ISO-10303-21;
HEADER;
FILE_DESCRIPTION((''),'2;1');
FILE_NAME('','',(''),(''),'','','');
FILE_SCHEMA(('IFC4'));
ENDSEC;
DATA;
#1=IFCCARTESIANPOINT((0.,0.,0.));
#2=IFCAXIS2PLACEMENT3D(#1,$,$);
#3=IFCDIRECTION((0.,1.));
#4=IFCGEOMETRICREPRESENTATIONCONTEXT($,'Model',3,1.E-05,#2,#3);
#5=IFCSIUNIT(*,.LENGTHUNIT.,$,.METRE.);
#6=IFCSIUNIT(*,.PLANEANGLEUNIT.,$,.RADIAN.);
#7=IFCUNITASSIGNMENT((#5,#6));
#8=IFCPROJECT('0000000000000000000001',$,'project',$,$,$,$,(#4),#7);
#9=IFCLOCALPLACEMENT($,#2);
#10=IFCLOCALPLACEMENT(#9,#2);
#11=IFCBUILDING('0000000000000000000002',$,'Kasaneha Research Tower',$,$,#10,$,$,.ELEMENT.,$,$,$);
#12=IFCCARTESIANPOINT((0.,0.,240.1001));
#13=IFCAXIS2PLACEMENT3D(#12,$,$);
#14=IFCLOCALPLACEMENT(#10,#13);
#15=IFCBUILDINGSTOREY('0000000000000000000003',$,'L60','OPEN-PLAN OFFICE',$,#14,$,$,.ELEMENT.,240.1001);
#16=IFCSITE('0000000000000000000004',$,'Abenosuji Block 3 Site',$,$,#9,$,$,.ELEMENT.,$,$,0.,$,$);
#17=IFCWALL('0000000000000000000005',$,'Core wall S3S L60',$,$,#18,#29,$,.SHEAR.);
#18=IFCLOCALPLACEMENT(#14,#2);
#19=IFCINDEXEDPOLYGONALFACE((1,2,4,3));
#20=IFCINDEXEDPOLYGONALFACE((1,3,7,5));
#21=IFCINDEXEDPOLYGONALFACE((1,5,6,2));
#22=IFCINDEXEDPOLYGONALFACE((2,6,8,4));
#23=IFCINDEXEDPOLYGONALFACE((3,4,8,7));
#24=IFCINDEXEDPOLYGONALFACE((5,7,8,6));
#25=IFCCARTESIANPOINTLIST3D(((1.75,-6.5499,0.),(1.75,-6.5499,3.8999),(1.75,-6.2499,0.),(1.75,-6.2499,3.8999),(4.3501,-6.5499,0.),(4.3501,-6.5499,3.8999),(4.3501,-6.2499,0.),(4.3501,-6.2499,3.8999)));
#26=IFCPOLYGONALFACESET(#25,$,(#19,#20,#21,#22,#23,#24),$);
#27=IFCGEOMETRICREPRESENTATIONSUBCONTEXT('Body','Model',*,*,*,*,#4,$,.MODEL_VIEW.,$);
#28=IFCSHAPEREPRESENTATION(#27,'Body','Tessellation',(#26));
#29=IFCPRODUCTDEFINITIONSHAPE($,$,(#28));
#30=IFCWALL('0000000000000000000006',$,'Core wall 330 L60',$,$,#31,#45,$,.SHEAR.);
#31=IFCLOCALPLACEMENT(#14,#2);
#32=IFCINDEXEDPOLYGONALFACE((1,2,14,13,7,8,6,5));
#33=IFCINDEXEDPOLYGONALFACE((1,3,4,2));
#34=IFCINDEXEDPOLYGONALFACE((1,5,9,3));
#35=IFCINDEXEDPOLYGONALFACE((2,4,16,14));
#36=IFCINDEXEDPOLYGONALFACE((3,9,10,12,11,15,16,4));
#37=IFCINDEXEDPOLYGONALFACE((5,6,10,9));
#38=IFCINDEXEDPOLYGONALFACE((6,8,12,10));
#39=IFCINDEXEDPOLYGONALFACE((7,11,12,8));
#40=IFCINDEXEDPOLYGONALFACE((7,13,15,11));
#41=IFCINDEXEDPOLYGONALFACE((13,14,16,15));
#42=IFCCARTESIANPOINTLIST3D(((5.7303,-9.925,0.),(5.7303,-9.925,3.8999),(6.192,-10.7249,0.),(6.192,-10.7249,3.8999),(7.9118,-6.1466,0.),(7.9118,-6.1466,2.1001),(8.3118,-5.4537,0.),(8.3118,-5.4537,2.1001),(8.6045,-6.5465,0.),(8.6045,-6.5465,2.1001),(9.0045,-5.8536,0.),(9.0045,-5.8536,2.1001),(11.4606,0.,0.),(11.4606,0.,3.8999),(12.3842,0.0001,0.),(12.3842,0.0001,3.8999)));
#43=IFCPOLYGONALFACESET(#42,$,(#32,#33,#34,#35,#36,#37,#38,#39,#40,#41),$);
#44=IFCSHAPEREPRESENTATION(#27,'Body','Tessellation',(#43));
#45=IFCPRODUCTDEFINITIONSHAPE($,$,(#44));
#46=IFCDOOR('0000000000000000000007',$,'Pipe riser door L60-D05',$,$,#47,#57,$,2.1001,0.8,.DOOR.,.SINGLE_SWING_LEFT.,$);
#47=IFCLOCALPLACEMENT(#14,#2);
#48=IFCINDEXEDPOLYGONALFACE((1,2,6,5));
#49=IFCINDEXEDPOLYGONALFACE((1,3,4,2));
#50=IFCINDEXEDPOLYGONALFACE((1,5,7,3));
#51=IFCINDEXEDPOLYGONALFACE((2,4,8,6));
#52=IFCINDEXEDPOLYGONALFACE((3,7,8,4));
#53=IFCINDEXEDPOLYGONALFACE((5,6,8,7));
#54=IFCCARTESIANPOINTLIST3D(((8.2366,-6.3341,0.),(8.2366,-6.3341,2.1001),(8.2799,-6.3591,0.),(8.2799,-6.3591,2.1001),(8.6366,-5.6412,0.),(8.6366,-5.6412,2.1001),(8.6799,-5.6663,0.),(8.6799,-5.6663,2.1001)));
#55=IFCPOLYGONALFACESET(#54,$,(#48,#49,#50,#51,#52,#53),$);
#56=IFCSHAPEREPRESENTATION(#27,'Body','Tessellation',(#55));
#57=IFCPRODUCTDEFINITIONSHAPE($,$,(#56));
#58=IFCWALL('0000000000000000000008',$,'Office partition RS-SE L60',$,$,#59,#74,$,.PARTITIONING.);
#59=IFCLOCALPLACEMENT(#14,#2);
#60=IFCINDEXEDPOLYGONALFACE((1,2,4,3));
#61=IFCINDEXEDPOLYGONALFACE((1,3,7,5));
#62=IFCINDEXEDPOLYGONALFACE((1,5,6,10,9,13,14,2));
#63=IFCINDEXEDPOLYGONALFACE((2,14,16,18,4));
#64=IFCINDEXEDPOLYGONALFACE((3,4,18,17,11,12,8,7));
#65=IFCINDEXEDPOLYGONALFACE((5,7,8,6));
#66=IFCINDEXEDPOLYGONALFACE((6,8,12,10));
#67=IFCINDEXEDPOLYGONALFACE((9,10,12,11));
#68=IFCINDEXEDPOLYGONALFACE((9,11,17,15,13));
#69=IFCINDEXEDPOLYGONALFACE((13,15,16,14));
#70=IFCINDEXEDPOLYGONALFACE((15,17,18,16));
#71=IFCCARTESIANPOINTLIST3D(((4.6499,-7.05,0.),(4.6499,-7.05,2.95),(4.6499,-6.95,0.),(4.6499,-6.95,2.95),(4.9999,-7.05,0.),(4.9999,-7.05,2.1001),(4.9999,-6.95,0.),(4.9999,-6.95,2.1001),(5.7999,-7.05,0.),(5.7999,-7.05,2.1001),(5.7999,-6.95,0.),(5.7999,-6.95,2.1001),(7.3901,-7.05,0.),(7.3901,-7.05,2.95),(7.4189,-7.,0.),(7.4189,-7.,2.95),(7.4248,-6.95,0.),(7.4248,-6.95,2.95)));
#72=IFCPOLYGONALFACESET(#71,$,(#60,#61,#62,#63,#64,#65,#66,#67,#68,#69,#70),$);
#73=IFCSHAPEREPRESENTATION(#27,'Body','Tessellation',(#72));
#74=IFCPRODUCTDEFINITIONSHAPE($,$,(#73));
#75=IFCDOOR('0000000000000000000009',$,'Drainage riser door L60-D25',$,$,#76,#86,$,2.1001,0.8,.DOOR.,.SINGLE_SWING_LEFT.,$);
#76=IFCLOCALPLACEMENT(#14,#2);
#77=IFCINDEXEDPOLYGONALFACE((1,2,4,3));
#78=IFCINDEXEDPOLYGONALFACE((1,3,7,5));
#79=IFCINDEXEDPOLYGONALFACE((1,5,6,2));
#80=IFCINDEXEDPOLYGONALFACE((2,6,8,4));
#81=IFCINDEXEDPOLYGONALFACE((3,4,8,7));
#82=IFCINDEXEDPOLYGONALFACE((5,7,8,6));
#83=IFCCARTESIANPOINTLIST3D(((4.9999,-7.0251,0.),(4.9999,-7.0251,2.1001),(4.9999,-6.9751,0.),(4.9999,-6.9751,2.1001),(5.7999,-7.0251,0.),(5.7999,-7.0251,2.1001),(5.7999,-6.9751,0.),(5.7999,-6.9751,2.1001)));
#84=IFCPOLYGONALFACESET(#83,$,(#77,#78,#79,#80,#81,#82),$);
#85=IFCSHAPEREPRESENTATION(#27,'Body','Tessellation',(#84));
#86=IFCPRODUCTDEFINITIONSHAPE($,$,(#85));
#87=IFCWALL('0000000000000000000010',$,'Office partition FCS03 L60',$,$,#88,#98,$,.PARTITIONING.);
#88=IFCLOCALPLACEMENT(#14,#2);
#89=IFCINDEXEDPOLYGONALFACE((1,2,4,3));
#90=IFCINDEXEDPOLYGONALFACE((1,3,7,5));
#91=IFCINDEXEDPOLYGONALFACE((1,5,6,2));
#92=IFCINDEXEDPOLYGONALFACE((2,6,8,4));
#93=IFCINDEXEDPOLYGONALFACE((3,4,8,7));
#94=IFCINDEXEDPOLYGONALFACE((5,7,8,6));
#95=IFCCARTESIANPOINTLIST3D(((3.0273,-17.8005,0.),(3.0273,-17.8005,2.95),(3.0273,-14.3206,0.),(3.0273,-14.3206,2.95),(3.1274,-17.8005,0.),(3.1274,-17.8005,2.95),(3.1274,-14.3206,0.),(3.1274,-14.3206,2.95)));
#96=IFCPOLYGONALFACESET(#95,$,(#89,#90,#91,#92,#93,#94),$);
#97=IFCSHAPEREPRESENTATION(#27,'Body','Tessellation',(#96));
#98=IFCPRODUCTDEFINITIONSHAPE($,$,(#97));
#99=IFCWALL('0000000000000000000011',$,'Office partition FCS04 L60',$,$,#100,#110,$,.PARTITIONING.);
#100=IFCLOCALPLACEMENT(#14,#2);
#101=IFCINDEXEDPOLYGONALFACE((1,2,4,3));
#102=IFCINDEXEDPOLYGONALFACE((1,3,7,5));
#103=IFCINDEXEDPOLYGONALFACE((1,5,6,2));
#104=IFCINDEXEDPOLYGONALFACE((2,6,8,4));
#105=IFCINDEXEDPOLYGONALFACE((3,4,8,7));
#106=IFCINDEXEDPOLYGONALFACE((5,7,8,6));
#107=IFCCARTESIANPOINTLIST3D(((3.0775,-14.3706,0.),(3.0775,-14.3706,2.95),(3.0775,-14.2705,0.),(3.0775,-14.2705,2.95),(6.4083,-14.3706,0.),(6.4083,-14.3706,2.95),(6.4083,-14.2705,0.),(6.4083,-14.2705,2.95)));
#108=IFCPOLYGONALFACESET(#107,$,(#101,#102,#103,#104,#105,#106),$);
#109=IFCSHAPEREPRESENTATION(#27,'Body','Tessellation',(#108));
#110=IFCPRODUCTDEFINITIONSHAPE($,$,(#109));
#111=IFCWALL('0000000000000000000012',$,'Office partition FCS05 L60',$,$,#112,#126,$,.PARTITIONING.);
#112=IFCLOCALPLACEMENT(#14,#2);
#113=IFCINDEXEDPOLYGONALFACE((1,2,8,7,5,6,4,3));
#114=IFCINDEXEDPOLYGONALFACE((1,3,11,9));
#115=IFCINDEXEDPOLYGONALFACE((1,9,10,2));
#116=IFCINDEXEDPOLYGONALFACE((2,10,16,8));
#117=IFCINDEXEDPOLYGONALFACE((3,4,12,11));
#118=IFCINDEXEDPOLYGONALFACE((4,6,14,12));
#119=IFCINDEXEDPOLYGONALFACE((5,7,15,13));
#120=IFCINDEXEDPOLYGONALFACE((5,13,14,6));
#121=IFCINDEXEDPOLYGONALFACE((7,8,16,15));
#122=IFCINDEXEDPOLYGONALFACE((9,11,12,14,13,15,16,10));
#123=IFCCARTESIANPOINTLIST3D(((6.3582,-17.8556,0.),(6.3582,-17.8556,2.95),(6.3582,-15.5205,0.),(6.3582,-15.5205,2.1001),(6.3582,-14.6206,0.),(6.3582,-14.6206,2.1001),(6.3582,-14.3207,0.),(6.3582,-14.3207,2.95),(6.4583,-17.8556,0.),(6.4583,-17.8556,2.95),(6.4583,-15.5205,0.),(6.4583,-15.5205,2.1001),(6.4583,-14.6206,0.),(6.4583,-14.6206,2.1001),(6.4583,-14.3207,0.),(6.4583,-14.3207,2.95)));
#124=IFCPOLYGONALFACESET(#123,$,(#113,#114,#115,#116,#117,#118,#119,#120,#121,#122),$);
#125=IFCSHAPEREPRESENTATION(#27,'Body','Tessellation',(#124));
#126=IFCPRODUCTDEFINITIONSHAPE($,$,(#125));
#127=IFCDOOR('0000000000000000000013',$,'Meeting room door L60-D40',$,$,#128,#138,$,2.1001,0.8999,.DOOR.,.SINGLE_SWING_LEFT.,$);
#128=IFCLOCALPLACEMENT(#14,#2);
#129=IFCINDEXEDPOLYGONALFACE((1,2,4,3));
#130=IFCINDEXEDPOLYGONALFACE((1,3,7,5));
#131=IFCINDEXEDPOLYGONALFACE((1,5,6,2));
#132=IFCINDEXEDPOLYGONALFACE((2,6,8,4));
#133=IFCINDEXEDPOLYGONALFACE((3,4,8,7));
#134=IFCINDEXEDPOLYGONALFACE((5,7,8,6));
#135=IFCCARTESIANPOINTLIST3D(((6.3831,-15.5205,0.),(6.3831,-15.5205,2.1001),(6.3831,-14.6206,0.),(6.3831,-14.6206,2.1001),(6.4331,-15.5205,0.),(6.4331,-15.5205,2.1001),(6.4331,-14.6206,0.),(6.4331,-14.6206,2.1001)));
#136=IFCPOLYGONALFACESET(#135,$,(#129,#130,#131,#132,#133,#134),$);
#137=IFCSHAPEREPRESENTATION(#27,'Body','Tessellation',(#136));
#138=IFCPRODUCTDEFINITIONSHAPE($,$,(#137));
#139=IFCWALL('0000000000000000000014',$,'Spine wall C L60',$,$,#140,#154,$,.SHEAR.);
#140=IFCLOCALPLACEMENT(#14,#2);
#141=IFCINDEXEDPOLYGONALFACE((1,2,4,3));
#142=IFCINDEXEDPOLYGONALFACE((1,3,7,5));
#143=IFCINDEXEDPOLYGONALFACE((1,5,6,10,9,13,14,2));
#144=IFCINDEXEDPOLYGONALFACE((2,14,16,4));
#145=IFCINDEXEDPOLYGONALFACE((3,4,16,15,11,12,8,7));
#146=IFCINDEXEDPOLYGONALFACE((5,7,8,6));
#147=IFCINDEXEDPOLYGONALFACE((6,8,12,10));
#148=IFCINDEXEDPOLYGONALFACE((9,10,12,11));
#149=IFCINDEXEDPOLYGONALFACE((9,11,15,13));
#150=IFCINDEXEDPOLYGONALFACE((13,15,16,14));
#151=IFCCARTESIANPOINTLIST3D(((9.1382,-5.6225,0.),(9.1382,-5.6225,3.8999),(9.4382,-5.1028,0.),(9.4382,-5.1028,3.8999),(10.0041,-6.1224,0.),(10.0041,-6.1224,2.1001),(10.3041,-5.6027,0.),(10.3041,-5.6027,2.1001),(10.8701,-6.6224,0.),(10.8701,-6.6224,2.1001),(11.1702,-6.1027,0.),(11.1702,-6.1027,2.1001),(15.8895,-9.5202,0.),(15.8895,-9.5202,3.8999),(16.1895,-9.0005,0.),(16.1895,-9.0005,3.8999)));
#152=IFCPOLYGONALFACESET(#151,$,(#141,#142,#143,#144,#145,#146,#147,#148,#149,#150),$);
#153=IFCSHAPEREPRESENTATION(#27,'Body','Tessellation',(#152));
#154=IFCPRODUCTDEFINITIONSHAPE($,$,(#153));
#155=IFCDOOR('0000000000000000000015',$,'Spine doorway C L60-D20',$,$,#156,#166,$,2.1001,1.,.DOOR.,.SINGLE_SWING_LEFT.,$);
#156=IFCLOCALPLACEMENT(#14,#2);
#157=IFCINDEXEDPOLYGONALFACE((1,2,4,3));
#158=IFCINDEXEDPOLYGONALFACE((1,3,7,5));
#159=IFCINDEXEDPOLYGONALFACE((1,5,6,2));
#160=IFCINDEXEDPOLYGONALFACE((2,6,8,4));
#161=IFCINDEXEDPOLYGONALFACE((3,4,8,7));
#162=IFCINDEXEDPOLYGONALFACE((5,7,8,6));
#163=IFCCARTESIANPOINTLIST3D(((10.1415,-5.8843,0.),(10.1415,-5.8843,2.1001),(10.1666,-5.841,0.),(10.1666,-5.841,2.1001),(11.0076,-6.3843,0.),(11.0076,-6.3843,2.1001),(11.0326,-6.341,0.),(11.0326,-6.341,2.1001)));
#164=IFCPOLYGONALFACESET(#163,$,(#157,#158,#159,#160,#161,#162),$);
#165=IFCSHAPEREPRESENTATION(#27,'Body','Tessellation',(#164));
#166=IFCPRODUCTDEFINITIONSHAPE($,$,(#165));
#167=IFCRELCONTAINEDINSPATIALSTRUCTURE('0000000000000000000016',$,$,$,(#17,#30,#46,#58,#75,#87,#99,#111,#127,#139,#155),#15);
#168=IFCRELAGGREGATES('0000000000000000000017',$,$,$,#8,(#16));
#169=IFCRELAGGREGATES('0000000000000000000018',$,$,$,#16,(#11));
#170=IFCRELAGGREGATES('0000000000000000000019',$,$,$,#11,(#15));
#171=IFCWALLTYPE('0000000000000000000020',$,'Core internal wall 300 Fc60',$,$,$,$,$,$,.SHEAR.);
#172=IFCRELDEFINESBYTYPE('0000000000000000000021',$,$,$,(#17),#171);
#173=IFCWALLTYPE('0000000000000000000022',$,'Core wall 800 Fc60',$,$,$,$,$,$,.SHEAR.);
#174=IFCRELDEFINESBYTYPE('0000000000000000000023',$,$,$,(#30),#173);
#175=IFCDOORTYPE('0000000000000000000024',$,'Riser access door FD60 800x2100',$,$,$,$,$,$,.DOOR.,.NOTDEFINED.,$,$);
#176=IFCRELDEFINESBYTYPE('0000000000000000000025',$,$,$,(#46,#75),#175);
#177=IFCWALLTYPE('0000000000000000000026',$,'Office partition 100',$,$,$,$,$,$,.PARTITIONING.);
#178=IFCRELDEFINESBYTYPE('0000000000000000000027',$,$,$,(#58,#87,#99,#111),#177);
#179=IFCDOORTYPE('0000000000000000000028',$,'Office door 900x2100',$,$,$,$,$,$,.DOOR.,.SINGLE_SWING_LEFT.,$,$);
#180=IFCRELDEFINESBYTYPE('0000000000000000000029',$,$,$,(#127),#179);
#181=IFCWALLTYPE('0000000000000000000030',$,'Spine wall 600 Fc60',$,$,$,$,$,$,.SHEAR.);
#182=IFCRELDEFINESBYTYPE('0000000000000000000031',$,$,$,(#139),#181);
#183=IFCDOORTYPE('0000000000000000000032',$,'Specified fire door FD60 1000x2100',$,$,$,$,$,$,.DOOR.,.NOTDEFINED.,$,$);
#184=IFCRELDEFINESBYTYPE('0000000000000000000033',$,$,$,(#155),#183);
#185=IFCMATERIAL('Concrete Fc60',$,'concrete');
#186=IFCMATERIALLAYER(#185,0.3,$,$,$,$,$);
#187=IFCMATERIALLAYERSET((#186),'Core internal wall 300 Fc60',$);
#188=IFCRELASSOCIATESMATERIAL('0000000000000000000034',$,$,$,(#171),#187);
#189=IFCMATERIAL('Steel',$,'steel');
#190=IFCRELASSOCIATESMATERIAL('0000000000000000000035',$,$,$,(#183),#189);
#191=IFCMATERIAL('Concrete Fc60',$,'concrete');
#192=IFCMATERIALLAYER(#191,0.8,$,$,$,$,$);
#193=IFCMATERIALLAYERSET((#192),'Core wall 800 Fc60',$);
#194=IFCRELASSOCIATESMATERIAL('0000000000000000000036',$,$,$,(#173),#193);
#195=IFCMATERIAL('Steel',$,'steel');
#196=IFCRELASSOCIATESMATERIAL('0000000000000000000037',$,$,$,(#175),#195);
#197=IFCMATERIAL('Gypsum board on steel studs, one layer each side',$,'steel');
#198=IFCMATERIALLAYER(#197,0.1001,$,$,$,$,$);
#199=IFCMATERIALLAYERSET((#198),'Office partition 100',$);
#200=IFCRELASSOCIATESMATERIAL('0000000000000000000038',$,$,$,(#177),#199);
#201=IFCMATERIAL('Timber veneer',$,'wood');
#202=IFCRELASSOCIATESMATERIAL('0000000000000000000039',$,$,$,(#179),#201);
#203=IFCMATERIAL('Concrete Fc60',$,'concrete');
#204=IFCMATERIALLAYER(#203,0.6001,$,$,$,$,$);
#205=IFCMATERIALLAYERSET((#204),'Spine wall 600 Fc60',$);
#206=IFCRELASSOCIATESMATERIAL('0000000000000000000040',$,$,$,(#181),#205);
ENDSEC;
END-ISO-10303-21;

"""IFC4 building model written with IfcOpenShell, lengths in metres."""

from ifc_helpers import new_model, si_unit, direction, frame, frame_2d, origin, place, context, subcontext, project, spatial, polyline, rectangle, outline, extrude, material, layer, layer_set, type_object, element, fill, save


model = new_model("IFC4")

# Units and contexts
model_context = context("Model", 3, precision=1e-05, world=origin(), true_north=direction((0.0, 1.0)))
body_context = subcontext(model_context, "Body", "Model", "MODEL_VIEW")
ifc_project = project(units=[si_unit("LENGTHUNIT", "METRE"), si_unit("PLANEANGLEUNIT", "RADIAN")], contexts=[model_context])

# Site, building, storey
site_placement = place(None, origin())
site = spatial("IfcSite", under=ifc_project, at=site_placement, Name="Abenosuji Block 3 Site", CompositionType="ELEMENT", RefElevation=0.0)
building_placement = place(site_placement, origin())
building = spatial("IfcBuilding", under=site, at=building_placement, Name="Kasaneha Research Tower", CompositionType="ELEMENT")
storey_placement = place(building_placement, frame((0.0, 0.0, 240.1001)))
storey = spatial("IfcBuildingStorey", under=building, at=storey_placement, Name="L60", Description="OPEN-PLAN OFFICE", CompositionType="ELEMENT", Elevation=240.1001)

# Shared definitions
ifc_material_1 = material(Name="Concrete Fc60", Category="concrete")
ifc_layer_1 = layer(ifc_material_1, 0.3)
ifc_layer_set_1 = layer_set([ifc_layer_1], Name="Core internal wall 300 Fc60")
wall_type_1 = type_object("IfcWallType", Name="Core internal wall 300 Fc60", PredefinedType="SHEAR", material=ifc_layer_set_1)
ifc_material_2 = material(Name="Steel", Category="steel")
door_type_1 = type_object("IfcDoorType", Name="Specified fire door FD60 1000x2100", OperationType="NOTDEFINED", PredefinedType="DOOR", material=ifc_material_2)

# Wall
wall_1_placement = place(storey_placement, frame((1.75, -6.3999, 0.0), z_axis=(0.0, 0.0, 1.0), x_axis=(1.0, 0.0, 0.0)))
element("IfcWall", 1, at=wall_1_placement, inside=storey, type_object=wall_type_1, Name="Core wall S3S L60", PredefinedType="SHEAR", context=body_context, shape_type="SweptSolid", body=[
    extrude(rectangle(XDim=2.6001, YDim=0.3, at=frame_2d((1.3, 0.0))), origin(), (0.0, 0.0, 1.0), 3.8999),
])

# Walls, openings, doors
ifc_material_3 = material(Name="Concrete Fc60", Category="concrete")
ifc_layer_2 = layer(ifc_material_3, 0.8)
ifc_layer_set_2 = layer_set([ifc_layer_2], Name="Core wall 800 Fc60")
wall_type_2 = type_object("IfcWallType", Name="Core wall 800 Fc60", PredefinedType="SHEAR", material=ifc_layer_set_2)
wall_2_placement = place(storey_placement, frame((5.9612, -10.325, 0.0), z_axis=(0.0, 0.0, 1.0), x_axis=(0.500004, 0.866023, 0.0)))
wall_2 = element("IfcWall", 2, at=wall_2_placement, inside=storey, type_object=wall_type_2, Name="Core wall 330 L60", PredefinedType="SHEAR", context=body_context, shape_type="SweptSolid", body=[
    extrude(outline(polyline([(-0.231, -0.3999), (4.594, -0.3999), (5.394, -0.3999), (12.1533, -0.3999), (11.6914, 0.3999), (5.394, 0.3999), (4.594, 0.3999), (0.231, 0.3999), (-0.231, -0.3999)])), origin(), (0.0, 0.0, 1.0), 3.8999),
])
opening_1_placement = place(wall_2_placement, frame((4.594, 0.0, 0.0)))
opening_1 = element("IfcOpeningElement", 3, at=opening_1_placement, cuts=wall_2, PredefinedType="OPENING", context=body_context, shape_type="SweptSolid", body=[
    extrude(rectangle(XDim=0.8, YDim=2.1001, at=frame_2d((0.3999, 1.05))), frame((0.0, 0.4102, 0.0), z_axis=(0.0, -1.0, 0.0), x_axis=(1.0, 0.0, 0.0)), (0.0, 0.0, 1.0), 0.8201),
])
ifc_material_4 = material(Name="Steel", Category="steel")
door_type_2 = type_object("IfcDoorType", Name="Riser access door FD60 800x2100", OperationType="NOTDEFINED", PredefinedType="DOOR", material=ifc_material_4)
door_1_placement = place(opening_1_placement, origin())
door_1 = element("IfcDoor", 4, at=door_1_placement, inside=storey, type_object=door_type_2, Name="Pipe riser door L60-D05", OperationType="SINGLE_SWING_LEFT", OverallHeight=2.1001, OverallWidth=0.8, PredefinedType="DOOR", context=body_context, shape_type="SweptSolid", body=[
    extrude(rectangle(XDim=0.8, YDim=2.1001, at=frame_2d((0.3999, 1.05))), frame((0.0, 0.0249, 0.0), z_axis=(0.0, -1.0, 0.0), x_axis=(1.0, 0.0, 0.0)), (0.0, 0.0, 1.0), 0.05),
])
fill(opening_1, door_1)
ifc_material_5 = material(Name="Gypsum board on steel studs, one layer each side", Category="steel")
ifc_layer_3 = layer(ifc_material_5, 0.1001)
ifc_layer_set_3 = layer_set([ifc_layer_3], Name="Office partition 100")
wall_type_3 = type_object("IfcWallType", Name="Office partition 100", PredefinedType="PARTITIONING", material=ifc_layer_set_3)
wall_3_placement = place(storey_placement, frame((4.6499, -7.0, 0.0), z_axis=(0.0, 0.0, 1.0), x_axis=(1.0, 0.0, 0.0)))
wall_3 = element("IfcWall", 5, at=wall_3_placement, inside=storey, type_object=wall_type_3, Name="Office partition RS-SE L60", PredefinedType="PARTITIONING", context=body_context, shape_type="SweptSolid", body=[
    extrude(outline(polyline([(0.0, -0.05), (0.3501, -0.05), (1.1501, -0.05), (2.7402, -0.05), (2.769, 0.0), (2.7749, 0.05), (1.1501, 0.05), (0.3501, 0.05), (0.0, 0.05), (0.0, -0.05)])), origin(), (0.0, 0.0, 1.0), 2.95),
])
opening_2_placement = place(wall_3_placement, frame((0.3501, 0.0, 0.0)))
opening_2 = element("IfcOpeningElement", 6, at=opening_2_placement, cuts=wall_3, PredefinedType="OPENING", context=body_context, shape_type="SweptSolid", body=[
    extrude(rectangle(XDim=0.8, YDim=2.1001, at=frame_2d((0.3999, 1.05))), frame((0.0, 0.0601, 0.0), z_axis=(0.0, -1.0, 0.0), x_axis=(1.0, 0.0, 0.0)), (0.0, 0.0, 1.0), 0.1201),
])
door_2_placement = place(opening_2_placement, origin())
door_2 = element("IfcDoor", 7, at=door_2_placement, inside=storey, type_object=door_type_2, Name="Drainage riser door L60-D25", OperationType="SINGLE_SWING_LEFT", OverallHeight=2.1001, OverallWidth=0.8, PredefinedType="DOOR", context=body_context, shape_type="SweptSolid", body=[
    extrude(rectangle(XDim=0.8, YDim=2.1001, at=frame_2d((0.3999, 1.05))), frame((0.0, 0.0249, 0.0), z_axis=(0.0, -1.0, 0.0), x_axis=(1.0, 0.0, 0.0)), (0.0, 0.0, 1.0), 0.05),
])
fill(opening_2, door_2)

# Walls
wall_4_placement = place(storey_placement, frame((3.0774, -17.8005, 0.0), z_axis=(0.0, 0.0, 1.0), x_axis=(0.0, 1.0, 0.0)))
element("IfcWall", 8, at=wall_4_placement, inside=storey, type_object=wall_type_3, Name="Office partition FCS03 L60", PredefinedType="PARTITIONING", context=body_context, shape_type="SweptSolid", body=[
    extrude(rectangle(XDim=3.48, YDim=0.1001, at=frame_2d((1.74, 0.0))), origin(), (0.0, 0.0, 1.0), 2.95),
])
wall_5_placement = place(storey_placement, frame((3.0774, -14.3206, 0.0), z_axis=(0.0, 0.0, 1.0), x_axis=(1.0, 0.0, 0.0)))
element("IfcWall", 9, at=wall_5_placement, inside=storey, type_object=wall_type_3, Name="Office partition FCS04 L60", PredefinedType="PARTITIONING", context=body_context, shape_type="SweptSolid", body=[
    extrude(rectangle(XDim=3.3308, YDim=0.1001, at=frame_2d((1.6655, 0.0))), origin(), (0.0, 0.0, 1.0), 2.95),
])

# Walls, openings, doors
wall_6_placement = place(storey_placement, frame((6.4082, -14.3206, 0.0), z_axis=(0.0, 0.0, 1.0), x_axis=(0.0, -1.0, 0.0)))
wall_6 = element("IfcWall", 10, at=wall_6_placement, inside=storey, type_object=wall_type_3, Name="Office partition FCS05 L60", PredefinedType="PARTITIONING", context=body_context, shape_type="SweptSolid", body=[
    extrude(rectangle(XDim=3.5349, YDim=0.1001, at=frame_2d((1.7676, 0.0))), origin(), (0.0, 0.0, 1.0), 2.95),
])
opening_3_placement = place(wall_6_placement, frame((0.3, 0.0, 0.0)))
opening_3 = element("IfcOpeningElement", 11, at=opening_3_placement, cuts=wall_6, PredefinedType="OPENING", context=body_context, shape_type="SweptSolid", body=[
    extrude(rectangle(XDim=0.8999, YDim=2.1001, at=frame_2d((0.45, 1.05))), frame((0.0, 0.0601, 0.0), z_axis=(0.0, -1.0, 0.0), x_axis=(1.0, 0.0, 0.0)), (0.0, 0.0, 1.0), 0.1201),
])
ifc_material_6 = material(Name="Timber veneer", Category="wood")
door_type_3 = type_object("IfcDoorType", Name="Office door 900x2100", OperationType="SINGLE_SWING_LEFT", PredefinedType="DOOR", material=ifc_material_6)
door_3_placement = place(opening_3_placement, origin())
door_3 = element("IfcDoor", 12, at=door_3_placement, inside=storey, type_object=door_type_3, Name="Meeting room door L60-D40", OperationType="SINGLE_SWING_LEFT", OverallHeight=2.1001, OverallWidth=0.8999, PredefinedType="DOOR", context=body_context, shape_type="SweptSolid", body=[
    extrude(rectangle(XDim=0.8999, YDim=2.1001, at=frame_2d((0.45, 1.05))), frame((0.0, 0.0249, 0.0), z_axis=(0.0, -1.0, 0.0), x_axis=(1.0, 0.0, 0.0)), (0.0, 0.0, 1.0), 0.05),
])
fill(opening_3, door_3)
ifc_material_7 = material(Name="Concrete Fc60", Category="concrete")
ifc_layer_4 = layer(ifc_material_7, 0.6001)
ifc_layer_set_4 = layer_set([ifc_layer_4], Name="Spine wall 600 Fc60")
wall_type_4 = type_object("IfcWallType", Name="Spine wall 600 Fc60", PredefinedType="SHEAR", material=ifc_layer_set_4)
wall_7_placement = place(storey_placement, frame((9.2881, -5.3625, 0.0), z_axis=(0.0, 0.0, 1.0), x_axis=(0.866032, -0.499989, 0.0)))
wall_7 = element("IfcWall", 13, at=wall_7_placement, inside=storey, type_object=wall_type_4, Name="Spine wall C L60", PredefinedType="SHEAR", context=body_context, shape_type="SweptSolid", body=[
    extrude(rectangle(XDim=7.7957, YDim=0.6001, at=frame_2d((3.8979, 0.0))), origin(), (0.0, 0.0, 1.0), 3.8999),
])
opening_4_placement = place(wall_7_placement, frame((1.0, 0.0, 0.0)))
opening_4 = element("IfcOpeningElement", 14, at=opening_4_placement, cuts=wall_7, PredefinedType="OPENING", context=body_context, shape_type="SweptSolid", body=[
    extrude(rectangle(XDim=1.0, YDim=2.1001, at=frame_2d((0.5, 1.05))), frame((0.0, 0.3101, 0.0), z_axis=(0.0, -1.0, 0.0), x_axis=(1.0, 0.0, 0.0)), (0.0, 0.0, 1.0), 0.6201),
])
door_4_placement = place(opening_4_placement, origin())
door_4 = element("IfcDoor", 15, at=door_4_placement, inside=storey, type_object=door_type_1, Name="Spine doorway C L60-D20", OperationType="SINGLE_SWING_LEFT", OverallHeight=2.1001, OverallWidth=1.0, PredefinedType="DOOR", context=body_context, shape_type="SweptSolid", body=[
    extrude(rectangle(XDim=1.0, YDim=2.1001, at=frame_2d((0.5, 1.05))), frame((0.0, 0.0249, 0.0), z_axis=(0.0, -1.0, 0.0), x_axis=(1.0, 0.0, 0.0)), (0.0, 0.0, 1.0), 0.05),
])
fill(opening_4, door_4)

save(model, "model.ifc")
